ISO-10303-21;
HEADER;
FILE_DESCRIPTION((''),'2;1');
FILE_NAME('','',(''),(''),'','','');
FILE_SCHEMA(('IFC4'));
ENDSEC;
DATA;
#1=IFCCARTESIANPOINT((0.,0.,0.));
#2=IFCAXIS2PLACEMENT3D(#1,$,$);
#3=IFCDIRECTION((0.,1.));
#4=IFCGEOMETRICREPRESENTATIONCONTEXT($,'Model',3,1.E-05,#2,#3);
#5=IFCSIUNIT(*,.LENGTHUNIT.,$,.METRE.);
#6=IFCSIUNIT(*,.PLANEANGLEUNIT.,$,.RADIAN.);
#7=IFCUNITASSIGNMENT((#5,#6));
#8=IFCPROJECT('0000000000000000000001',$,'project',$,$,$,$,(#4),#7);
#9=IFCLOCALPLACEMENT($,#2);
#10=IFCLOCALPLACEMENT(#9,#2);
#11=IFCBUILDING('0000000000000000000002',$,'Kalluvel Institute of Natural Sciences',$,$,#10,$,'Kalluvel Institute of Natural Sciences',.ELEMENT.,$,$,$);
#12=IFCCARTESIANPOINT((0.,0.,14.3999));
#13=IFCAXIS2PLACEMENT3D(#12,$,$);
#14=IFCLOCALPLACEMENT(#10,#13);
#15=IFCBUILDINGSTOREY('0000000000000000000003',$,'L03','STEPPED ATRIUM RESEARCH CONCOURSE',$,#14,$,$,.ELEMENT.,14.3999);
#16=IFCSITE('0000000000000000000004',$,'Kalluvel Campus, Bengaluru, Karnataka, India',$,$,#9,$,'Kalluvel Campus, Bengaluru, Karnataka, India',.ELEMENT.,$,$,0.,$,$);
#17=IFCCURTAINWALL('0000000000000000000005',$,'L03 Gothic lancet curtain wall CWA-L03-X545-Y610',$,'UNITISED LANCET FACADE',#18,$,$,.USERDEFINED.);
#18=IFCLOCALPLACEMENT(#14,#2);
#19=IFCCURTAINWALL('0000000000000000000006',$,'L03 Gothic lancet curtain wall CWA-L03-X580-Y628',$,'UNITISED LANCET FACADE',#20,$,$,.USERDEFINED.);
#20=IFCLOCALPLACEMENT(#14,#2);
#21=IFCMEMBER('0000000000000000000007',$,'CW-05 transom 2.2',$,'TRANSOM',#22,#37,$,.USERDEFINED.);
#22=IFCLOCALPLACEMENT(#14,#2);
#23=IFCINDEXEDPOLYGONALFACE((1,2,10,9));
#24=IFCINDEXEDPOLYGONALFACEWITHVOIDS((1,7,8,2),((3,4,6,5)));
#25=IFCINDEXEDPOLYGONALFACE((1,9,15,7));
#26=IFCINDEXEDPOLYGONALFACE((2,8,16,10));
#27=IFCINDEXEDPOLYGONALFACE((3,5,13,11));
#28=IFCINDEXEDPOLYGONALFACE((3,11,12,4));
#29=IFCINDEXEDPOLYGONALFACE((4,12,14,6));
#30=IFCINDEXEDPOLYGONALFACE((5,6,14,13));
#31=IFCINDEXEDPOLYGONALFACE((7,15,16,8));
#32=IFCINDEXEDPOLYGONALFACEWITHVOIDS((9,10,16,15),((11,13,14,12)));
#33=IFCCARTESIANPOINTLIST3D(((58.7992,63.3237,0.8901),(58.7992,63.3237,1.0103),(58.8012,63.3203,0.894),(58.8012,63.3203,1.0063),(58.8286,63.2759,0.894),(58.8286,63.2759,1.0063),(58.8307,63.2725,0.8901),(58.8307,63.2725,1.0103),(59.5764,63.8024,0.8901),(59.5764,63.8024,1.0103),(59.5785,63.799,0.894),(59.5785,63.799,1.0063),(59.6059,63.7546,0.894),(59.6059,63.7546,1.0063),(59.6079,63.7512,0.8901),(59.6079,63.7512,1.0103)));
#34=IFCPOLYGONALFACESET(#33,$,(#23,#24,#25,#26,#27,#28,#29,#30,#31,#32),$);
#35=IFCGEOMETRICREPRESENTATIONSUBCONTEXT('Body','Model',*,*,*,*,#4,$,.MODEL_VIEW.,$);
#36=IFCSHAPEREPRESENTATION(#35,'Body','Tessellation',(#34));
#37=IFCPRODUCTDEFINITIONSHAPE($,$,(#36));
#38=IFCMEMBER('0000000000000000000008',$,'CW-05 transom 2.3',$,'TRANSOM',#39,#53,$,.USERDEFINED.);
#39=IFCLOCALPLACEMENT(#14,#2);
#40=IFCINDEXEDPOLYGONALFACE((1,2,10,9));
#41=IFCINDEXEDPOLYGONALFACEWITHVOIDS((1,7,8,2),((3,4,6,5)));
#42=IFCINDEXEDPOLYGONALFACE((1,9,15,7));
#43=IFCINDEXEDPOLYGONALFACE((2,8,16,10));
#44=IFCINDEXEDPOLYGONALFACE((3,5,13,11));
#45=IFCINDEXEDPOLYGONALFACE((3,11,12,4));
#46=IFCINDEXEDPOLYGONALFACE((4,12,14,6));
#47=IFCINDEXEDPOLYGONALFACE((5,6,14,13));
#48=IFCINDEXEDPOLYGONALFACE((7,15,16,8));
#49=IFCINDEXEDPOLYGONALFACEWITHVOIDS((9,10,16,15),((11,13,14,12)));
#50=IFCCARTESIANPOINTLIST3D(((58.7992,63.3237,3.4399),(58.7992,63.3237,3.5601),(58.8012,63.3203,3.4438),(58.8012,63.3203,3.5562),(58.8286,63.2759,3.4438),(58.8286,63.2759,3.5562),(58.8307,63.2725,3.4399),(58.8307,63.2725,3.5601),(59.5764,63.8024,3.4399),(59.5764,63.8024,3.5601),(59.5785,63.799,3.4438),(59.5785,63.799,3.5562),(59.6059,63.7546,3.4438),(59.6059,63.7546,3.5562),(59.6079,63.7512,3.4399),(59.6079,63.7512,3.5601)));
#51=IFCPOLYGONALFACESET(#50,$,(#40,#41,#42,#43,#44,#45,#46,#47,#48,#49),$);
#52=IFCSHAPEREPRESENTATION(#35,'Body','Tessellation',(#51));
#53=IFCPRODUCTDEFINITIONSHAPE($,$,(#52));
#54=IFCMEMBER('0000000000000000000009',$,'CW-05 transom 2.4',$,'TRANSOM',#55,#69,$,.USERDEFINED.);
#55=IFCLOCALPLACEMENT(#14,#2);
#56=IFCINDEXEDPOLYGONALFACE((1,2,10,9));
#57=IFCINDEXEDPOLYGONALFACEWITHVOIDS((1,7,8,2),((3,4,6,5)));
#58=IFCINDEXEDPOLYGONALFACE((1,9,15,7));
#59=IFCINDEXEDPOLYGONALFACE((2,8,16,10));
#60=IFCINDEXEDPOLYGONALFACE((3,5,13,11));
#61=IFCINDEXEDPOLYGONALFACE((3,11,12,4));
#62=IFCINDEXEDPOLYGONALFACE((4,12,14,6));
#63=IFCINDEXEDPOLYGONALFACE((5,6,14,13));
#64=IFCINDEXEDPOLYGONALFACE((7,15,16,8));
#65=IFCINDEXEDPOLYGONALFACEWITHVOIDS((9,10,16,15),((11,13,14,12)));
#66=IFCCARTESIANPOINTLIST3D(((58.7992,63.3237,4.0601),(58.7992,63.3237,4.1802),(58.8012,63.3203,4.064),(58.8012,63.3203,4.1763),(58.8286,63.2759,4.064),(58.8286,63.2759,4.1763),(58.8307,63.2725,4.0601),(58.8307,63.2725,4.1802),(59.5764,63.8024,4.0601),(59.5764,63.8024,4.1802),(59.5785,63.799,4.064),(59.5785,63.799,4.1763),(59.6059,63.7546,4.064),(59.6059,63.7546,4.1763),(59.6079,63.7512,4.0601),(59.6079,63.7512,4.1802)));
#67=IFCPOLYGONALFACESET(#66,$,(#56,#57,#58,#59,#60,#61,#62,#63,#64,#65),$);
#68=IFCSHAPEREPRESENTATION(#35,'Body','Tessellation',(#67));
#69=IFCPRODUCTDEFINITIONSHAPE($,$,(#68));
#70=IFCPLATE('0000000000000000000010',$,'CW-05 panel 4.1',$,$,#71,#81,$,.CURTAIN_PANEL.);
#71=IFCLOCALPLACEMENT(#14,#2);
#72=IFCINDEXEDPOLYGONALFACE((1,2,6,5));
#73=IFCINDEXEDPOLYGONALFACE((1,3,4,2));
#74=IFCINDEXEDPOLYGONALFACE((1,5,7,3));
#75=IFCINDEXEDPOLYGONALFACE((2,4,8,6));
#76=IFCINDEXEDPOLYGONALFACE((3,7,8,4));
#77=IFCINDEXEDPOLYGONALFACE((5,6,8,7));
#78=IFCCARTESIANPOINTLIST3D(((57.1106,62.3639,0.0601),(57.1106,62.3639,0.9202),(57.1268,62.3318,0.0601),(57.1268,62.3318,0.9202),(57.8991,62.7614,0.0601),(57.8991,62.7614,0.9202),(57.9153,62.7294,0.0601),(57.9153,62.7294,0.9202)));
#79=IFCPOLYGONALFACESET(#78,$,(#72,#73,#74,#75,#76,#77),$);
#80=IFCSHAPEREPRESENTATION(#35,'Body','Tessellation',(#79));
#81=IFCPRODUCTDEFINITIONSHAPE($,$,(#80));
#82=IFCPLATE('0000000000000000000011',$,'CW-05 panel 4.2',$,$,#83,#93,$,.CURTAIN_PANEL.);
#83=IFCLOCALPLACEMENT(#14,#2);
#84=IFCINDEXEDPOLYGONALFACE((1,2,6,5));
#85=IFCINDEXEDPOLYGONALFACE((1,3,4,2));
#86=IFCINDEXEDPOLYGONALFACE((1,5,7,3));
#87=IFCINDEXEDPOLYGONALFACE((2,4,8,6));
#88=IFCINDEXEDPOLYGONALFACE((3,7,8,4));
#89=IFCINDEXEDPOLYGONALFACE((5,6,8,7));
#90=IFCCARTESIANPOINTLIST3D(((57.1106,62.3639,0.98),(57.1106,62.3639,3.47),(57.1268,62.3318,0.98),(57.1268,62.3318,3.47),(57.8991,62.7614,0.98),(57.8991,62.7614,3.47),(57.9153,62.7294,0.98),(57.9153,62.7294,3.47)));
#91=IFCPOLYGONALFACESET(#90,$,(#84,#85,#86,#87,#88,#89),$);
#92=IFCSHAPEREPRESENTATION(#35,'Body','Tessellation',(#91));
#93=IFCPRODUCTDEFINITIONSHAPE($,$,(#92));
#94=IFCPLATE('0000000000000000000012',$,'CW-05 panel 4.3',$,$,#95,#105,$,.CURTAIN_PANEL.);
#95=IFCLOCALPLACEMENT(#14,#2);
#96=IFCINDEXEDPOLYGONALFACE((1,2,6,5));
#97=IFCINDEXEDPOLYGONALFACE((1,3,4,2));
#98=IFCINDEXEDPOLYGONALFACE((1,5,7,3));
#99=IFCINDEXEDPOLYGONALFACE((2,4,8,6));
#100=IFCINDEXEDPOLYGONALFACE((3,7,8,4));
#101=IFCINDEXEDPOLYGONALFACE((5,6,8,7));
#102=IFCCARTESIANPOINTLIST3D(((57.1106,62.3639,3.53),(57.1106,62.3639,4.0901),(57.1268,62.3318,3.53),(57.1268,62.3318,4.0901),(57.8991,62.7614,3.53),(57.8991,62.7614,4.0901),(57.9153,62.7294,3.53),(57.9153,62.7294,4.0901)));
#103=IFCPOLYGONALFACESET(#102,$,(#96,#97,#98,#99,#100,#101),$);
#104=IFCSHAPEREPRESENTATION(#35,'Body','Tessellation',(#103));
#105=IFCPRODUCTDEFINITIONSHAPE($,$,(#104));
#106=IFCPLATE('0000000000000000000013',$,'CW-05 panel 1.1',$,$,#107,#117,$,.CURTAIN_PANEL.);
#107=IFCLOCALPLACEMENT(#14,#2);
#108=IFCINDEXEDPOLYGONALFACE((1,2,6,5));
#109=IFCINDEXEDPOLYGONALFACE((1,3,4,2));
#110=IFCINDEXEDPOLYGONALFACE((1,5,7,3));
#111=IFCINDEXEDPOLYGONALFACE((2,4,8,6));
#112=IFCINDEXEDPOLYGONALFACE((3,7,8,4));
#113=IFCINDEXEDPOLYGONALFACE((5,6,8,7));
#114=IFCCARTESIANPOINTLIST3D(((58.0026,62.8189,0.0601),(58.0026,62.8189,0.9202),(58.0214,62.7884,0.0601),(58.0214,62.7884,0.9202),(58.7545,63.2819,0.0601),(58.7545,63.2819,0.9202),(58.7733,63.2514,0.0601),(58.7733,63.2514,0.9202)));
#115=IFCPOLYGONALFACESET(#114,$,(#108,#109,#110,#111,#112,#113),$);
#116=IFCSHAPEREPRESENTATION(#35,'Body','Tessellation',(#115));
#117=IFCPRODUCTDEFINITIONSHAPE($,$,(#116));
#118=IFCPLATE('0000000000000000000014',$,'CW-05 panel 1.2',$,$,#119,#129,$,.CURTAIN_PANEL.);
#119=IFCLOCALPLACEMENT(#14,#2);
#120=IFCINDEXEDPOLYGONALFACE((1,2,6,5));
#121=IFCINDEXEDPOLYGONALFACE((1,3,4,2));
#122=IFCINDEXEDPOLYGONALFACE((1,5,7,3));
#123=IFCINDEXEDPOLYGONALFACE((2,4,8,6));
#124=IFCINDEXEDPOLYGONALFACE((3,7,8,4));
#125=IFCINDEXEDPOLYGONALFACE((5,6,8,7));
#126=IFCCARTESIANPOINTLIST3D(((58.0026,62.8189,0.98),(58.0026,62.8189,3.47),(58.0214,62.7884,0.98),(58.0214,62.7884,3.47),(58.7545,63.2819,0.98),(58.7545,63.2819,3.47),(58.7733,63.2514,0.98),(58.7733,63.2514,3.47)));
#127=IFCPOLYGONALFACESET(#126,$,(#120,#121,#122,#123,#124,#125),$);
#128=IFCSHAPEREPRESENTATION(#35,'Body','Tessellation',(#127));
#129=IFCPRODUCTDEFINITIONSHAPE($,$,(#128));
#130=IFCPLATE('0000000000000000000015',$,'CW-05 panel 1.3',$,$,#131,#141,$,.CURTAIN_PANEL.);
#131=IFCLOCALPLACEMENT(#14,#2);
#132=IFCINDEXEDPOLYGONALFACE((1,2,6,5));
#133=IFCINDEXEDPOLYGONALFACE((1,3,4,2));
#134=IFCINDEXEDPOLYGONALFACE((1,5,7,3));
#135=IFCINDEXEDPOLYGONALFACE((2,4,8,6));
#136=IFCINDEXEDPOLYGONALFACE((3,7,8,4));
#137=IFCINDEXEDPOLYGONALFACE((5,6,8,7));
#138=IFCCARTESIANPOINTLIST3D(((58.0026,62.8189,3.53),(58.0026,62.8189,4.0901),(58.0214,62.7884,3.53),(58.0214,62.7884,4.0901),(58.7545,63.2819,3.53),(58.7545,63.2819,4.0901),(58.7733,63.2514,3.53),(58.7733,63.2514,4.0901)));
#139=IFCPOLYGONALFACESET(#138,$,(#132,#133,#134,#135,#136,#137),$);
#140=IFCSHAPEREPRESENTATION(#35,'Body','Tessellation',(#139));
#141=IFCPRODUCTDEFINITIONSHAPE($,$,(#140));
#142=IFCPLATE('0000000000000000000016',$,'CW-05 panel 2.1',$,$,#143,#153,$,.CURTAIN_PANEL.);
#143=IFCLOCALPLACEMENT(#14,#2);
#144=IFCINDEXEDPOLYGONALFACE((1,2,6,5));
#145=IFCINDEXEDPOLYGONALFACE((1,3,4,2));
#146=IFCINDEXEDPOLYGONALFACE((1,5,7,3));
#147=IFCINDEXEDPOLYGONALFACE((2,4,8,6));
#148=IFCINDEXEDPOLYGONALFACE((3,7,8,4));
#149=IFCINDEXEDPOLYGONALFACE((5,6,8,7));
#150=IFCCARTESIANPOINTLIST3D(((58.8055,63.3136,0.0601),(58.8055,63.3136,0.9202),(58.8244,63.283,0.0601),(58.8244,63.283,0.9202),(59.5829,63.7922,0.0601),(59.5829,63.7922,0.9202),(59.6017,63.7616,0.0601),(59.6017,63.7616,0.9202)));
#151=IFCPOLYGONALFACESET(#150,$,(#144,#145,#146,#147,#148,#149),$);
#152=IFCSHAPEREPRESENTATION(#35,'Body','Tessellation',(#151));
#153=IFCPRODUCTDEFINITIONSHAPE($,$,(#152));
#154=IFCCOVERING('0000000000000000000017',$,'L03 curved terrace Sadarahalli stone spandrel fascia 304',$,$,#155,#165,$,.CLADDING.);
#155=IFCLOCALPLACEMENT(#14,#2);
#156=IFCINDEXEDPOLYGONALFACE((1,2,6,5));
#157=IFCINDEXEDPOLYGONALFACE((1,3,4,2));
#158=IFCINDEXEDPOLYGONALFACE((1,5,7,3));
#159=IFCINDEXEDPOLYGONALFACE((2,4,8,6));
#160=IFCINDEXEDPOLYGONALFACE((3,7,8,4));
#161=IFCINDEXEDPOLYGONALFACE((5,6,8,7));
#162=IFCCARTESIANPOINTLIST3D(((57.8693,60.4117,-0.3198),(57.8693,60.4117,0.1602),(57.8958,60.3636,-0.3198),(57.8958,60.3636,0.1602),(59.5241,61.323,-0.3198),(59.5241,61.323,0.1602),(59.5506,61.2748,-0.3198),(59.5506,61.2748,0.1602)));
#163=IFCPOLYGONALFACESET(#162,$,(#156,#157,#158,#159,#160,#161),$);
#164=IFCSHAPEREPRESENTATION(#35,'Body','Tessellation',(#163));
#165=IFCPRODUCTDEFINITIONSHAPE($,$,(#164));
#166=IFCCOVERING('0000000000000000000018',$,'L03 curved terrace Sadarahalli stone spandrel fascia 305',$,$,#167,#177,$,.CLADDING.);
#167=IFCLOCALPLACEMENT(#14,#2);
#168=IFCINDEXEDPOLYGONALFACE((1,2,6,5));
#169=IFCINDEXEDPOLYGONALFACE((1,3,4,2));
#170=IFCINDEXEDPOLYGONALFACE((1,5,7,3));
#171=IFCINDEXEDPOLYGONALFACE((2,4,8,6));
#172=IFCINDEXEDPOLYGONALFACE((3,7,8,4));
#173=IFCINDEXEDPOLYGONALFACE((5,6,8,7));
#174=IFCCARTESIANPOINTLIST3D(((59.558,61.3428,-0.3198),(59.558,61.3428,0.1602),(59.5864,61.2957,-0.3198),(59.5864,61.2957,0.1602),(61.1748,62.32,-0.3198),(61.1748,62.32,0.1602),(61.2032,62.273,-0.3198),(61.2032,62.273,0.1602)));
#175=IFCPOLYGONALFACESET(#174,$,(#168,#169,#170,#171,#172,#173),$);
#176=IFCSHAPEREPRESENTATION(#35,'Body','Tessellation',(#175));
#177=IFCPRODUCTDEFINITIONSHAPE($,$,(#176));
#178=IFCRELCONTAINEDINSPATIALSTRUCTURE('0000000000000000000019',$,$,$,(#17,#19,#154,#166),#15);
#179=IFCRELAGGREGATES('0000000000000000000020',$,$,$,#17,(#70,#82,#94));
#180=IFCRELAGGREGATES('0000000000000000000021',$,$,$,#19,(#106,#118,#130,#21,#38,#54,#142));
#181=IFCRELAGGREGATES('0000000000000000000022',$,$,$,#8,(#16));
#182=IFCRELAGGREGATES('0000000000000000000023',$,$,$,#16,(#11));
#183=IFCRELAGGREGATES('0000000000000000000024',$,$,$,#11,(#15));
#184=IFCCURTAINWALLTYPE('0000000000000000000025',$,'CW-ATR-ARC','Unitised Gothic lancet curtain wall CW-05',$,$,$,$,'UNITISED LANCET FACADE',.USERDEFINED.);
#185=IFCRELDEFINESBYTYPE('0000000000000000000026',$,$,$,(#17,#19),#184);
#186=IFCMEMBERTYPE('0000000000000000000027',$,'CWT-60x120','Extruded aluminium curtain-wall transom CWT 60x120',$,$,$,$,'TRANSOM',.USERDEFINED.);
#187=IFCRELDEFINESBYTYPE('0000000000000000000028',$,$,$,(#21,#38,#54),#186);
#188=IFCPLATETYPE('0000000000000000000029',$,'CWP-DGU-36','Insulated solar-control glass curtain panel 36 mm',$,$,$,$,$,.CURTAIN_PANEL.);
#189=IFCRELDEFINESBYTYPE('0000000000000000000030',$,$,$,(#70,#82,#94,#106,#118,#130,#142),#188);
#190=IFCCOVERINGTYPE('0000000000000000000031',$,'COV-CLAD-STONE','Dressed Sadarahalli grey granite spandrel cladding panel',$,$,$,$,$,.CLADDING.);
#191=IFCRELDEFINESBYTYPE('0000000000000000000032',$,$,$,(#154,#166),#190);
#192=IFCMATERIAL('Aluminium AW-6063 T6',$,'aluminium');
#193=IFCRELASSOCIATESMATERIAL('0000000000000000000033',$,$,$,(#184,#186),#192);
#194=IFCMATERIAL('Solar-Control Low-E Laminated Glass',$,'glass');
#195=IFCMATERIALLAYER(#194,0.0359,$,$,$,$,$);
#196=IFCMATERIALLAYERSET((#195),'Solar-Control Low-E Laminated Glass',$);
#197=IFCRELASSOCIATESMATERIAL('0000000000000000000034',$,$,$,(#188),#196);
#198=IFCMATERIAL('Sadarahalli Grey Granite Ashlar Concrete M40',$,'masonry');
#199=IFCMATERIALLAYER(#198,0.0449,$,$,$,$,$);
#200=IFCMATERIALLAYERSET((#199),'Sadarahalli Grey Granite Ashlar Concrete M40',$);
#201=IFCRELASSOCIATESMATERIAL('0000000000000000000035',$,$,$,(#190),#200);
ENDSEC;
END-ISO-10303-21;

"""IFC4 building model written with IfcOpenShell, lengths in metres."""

from ifc_helpers import new_model, si_unit, direction, frame, origin, origin_2d, place, context, subcontext, project, spatial, rectangle, hollow_rectangle, extrude, material, layer, layer_set, material_profile, profile_set, type_object, element, aggregate, save


model = new_model("IFC4")

# Units and contexts
model_context = context("Model", 3, precision=1e-05, world=origin(), true_north=direction((0.0, 1.0)))
body_context = subcontext(model_context, "Body", "Model", "MODEL_VIEW")
ifc_project = project(units=[si_unit("LENGTHUNIT", "METRE"), si_unit("PLANEANGLEUNIT", "RADIAN")], contexts=[model_context])

# Site, building, storey
site_placement = place(None, origin())
site = spatial("IfcSite", under=ifc_project, at=site_placement, Name="Kalluvel Campus, Bengaluru, Karnataka, India", LongName="Kalluvel Campus, Bengaluru, Karnataka, India", CompositionType="ELEMENT", RefElevation=0.0)
building_placement = place(site_placement, origin())
building = spatial("IfcBuilding", under=site, at=building_placement, Name="Kalluvel Institute of Natural Sciences", LongName="Kalluvel Institute of Natural Sciences", CompositionType="ELEMENT")
storey_placement = place(building_placement, frame((0.0, 0.0, 14.3999)))
storey = spatial("IfcBuildingStorey", under=building, at=storey_placement, Name="L03", Description="STEPPED ATRIUM RESEARCH CONCOURSE", CompositionType="ELEMENT", Elevation=14.3999)

# Curtain wall
ifc_material_1 = material(Name="Aluminium AW-6063 T6", Category="aluminium")
curtain_wall_type = type_object("IfcCurtainWallType", Name="CW-ATR-ARC", Description="Unitised Gothic lancet curtain wall CW-05", ElementType="UNITISED LANCET FACADE", PredefinedType="USERDEFINED", material=ifc_material_1)
curtain_wall_1_placement = place(storey_placement, origin())
curtain_wall_1 = element("IfcCurtainWall", 1, at=curtain_wall_1_placement, inside=storey, type_object=curtain_wall_type, Name="L03 Gothic lancet curtain wall CWA-L03-X545-Y610", ObjectType="UNITISED LANCET FACADE", PredefinedType="USERDEFINED")

# Curtain wall
curtain_wall_2_placement = place(storey_placement, origin())
curtain_wall_2 = element("IfcCurtainWall", 2, at=curtain_wall_2_placement, inside=storey, type_object=curtain_wall_type, Name="L03 Gothic lancet curtain wall CWA-L03-X580-Y628", ObjectType="UNITISED LANCET FACADE", PredefinedType="USERDEFINED")

# Members
ifc_material_profile_1 = material_profile(ifc_material_1, hollow_rectangle(XDim=0.0601, YDim=0.1201, WallThickness=0.0039, at=origin_2d()), Name="CWT 60x120")
ifc_profile_set_1 = profile_set([ifc_material_profile_1], Name="Aluminium AW-6063 T6")
member_type_1 = type_object("IfcMemberType", Name="CWT-60x120", Description="Extruded aluminium curtain-wall transom CWT 60x120", ElementType="TRANSOM", PredefinedType="USERDEFINED", material=ifc_profile_set_1)
member_1_placement = place(storey_placement, frame((58.8149, 63.2981, 0.9502), z_axis=(0.851465, 0.524411, 0.0), x_axis=(-0.524411, 0.851465, 0.0)))
member_1 = element("IfcMember", 3, at=member_1_placement, type_object=member_type_1, Name="CW-05 transom 2.2", ObjectType="TRANSOM", PredefinedType="USERDEFINED", context=body_context, shape_type="SweptSolid", body=[
    extrude(hollow_rectangle(XDim=0.0601, YDim=0.1201, WallThickness=0.0039, at=origin_2d()), origin(), (0.0, 0.0, 1.0), 0.9128),
])
member_2_placement = place(storey_placement, frame((58.8149, 63.2981, 3.5), z_axis=(0.851465, 0.524411, 0.0), x_axis=(-0.524411, 0.851465, 0.0)))
member_2 = element("IfcMember", 4, at=member_2_placement, type_object=member_type_1, Name="CW-05 transom 2.3", ObjectType="TRANSOM", PredefinedType="USERDEFINED", context=body_context, shape_type="SweptSolid", body=[
    extrude(hollow_rectangle(XDim=0.0601, YDim=0.1201, WallThickness=0.0039, at=origin_2d()), origin(), (0.0, 0.0, 1.0), 0.9128),
])
member_3_placement = place(storey_placement, frame((58.8149, 63.2981, 4.1201), z_axis=(0.851465, 0.524411, 0.0), x_axis=(-0.524411, 0.851465, 0.0)))
member_3 = element("IfcMember", 5, at=member_3_placement, type_object=member_type_1, Name="CW-05 transom 2.4", ObjectType="TRANSOM", PredefinedType="USERDEFINED", context=body_context, shape_type="SweptSolid", body=[
    extrude(hollow_rectangle(XDim=0.0601, YDim=0.1201, WallThickness=0.0039, at=origin_2d()), origin(), (0.0, 0.0, 1.0), 0.9128),
])

# Plates
ifc_material_2 = material(Name="Solar-Control Low-E Laminated Glass", Category="glass")
ifc_layer_1 = layer(ifc_material_2, 0.0359)
ifc_layer_set_1 = layer_set([ifc_layer_1], Name="Solar-Control Low-E Laminated Glass")
plate_type = type_object("IfcPlateType", Name="CWP-DGU-36", Description="Insulated solar-control glass curtain panel 36 mm", PredefinedType="CURTAIN_PANEL", material=ifc_layer_set_1)
plate_1_placement = place(storey_placement, frame((57.5129, 62.5466, 0.0601), z_axis=(0.0, 0.0, 1.0), x_axis=(0.892927, 0.450202, 0.0)))
plate_1 = element("IfcPlate", 6, at=plate_1_placement, type_object=plate_type, Name="CW-05 panel 4.1", PredefinedType="CURTAIN_PANEL", context=body_context, shape_type="SweptSolid", body=[
    extrude(rectangle(XDim=0.8831, YDim=0.0359, at=origin_2d()), origin(), (0.0, 0.0, 1.0), 0.8601),
])
plate_2_placement = place(storey_placement, frame((57.5129, 62.5466, 0.98), z_axis=(0.0, 0.0, 1.0), x_axis=(0.892927, 0.450202, 0.0)))
plate_2 = element("IfcPlate", 7, at=plate_2_placement, type_object=plate_type, Name="CW-05 panel 4.2", PredefinedType="CURTAIN_PANEL", context=body_context, shape_type="SweptSolid", body=[
    extrude(rectangle(XDim=0.8831, YDim=0.0359, at=origin_2d()), origin(), (0.0, 0.0, 1.0), 2.49),
])
plate_3_placement = place(storey_placement, frame((57.5129, 62.5466, 3.53), z_axis=(0.0, 0.0, 1.0), x_axis=(0.892927, 0.450202, 0.0)))
plate_3 = element("IfcPlate", 8, at=plate_3_placement, type_object=plate_type, Name="CW-05 panel 4.3", PredefinedType="CURTAIN_PANEL", context=body_context, shape_type="SweptSolid", body=[
    extrude(rectangle(XDim=0.8831, YDim=0.0359, at=origin_2d()), origin(), (0.0, 0.0, 1.0), 0.5601),
])
aggregate(curtain_wall_1, [plate_1, plate_2, plate_3])
plate_4_placement = place(storey_placement, frame((58.3879, 63.0352, 0.0601), z_axis=(0.0, 0.0, 1.0), x_axis=(0.85153, 0.524305, 0.0)))
plate_4 = element("IfcPlate", 9, at=plate_4_placement, type_object=plate_type, Name="CW-05 panel 1.1", PredefinedType="CURTAIN_PANEL", context=body_context, shape_type="SweptSolid", body=[
    extrude(rectangle(XDim=0.8831, YDim=0.0359, at=origin_2d()), origin(), (0.0, 0.0, 1.0), 0.8601),
])
plate_5_placement = place(storey_placement, frame((58.3879, 63.0352, 0.98), z_axis=(0.0, 0.0, 1.0), x_axis=(0.85153, 0.524305, 0.0)))
plate_5 = element("IfcPlate", 10, at=plate_5_placement, type_object=plate_type, Name="CW-05 panel 1.2", PredefinedType="CURTAIN_PANEL", context=body_context, shape_type="SweptSolid", body=[
    extrude(rectangle(XDim=0.8831, YDim=0.0359, at=origin_2d()), origin(), (0.0, 0.0, 1.0), 2.49),
])
plate_6_placement = place(storey_placement, frame((58.3879, 63.0352, 3.53), z_axis=(0.0, 0.0, 1.0), x_axis=(0.85153, 0.524305, 0.0)))
plate_6 = element("IfcPlate", 11, at=plate_6_placement, type_object=plate_type, Name="CW-05 panel 1.3", PredefinedType="CURTAIN_PANEL", context=body_context, shape_type="SweptSolid", body=[
    extrude(rectangle(XDim=0.8831, YDim=0.0359, at=origin_2d()), origin(), (0.0, 0.0, 1.0), 0.5601),
])
plate_7_placement = place(storey_placement, frame((59.2036, 63.5376, 0.0601), z_axis=(0.0, 0.0, 1.0), x_axis=(0.85153, 0.524305, 0.0)))
plate_7 = element("IfcPlate", 12, at=plate_7_placement, type_object=plate_type, Name="CW-05 panel 2.1", PredefinedType="CURTAIN_PANEL", context=body_context, shape_type="SweptSolid", body=[
    extrude(rectangle(XDim=0.9128, YDim=0.0359, at=origin_2d()), origin(), (0.0, 0.0, 1.0), 0.8601),
])
aggregate(curtain_wall_2, [plate_4, plate_5, plate_6, member_1, member_2, member_3, plate_7])

# Coverings
ifc_material_3 = material(Name="Sadarahalli Grey Granite Ashlar Concrete M40", Category="masonry")
ifc_layer_2 = layer(ifc_material_3, 0.0449)
ifc_layer_set_2 = layer_set([ifc_layer_2], Name="Sadarahalli Grey Granite Ashlar Concrete M40")
covering_type = type_object("IfcCoveringType", Name="COV-CLAD-STONE", Description="Dressed Sadarahalli grey granite spandrel cladding panel", PredefinedType="CLADDING", material=ifc_layer_set_2)
for number, where, z_axis, x_axis, name in (
    (13, (58.71, 60.8433, -0.3198), (0.0, 0.0, 1.0), (0.87597, 0.482365, 0.0), "L03 curved terrace Sadarahalli stone spandrel fascia 304"),
    (14, (60.3806, 61.8079, -0.3198), (0.0, 0.0, 1.0), (0.855816, 0.51728, 0.0), "L03 curved terrace Sadarahalli stone spandrel fascia 305"),
):
    element("IfcCovering", number, at=place(storey_placement, frame(where, z_axis=z_axis, x_axis=x_axis)), inside=storey, type_object=covering_type, Name=name, PredefinedType="CLADDING", context=body_context, shape_type="SweptSolid", body=[
        extrude(rectangle(XDim=1.8892, YDim=0.0549, at=origin_2d()), origin(), (0.0, 0.0, 1.0), 0.48),
    ])

save(model, "model.ifc")
